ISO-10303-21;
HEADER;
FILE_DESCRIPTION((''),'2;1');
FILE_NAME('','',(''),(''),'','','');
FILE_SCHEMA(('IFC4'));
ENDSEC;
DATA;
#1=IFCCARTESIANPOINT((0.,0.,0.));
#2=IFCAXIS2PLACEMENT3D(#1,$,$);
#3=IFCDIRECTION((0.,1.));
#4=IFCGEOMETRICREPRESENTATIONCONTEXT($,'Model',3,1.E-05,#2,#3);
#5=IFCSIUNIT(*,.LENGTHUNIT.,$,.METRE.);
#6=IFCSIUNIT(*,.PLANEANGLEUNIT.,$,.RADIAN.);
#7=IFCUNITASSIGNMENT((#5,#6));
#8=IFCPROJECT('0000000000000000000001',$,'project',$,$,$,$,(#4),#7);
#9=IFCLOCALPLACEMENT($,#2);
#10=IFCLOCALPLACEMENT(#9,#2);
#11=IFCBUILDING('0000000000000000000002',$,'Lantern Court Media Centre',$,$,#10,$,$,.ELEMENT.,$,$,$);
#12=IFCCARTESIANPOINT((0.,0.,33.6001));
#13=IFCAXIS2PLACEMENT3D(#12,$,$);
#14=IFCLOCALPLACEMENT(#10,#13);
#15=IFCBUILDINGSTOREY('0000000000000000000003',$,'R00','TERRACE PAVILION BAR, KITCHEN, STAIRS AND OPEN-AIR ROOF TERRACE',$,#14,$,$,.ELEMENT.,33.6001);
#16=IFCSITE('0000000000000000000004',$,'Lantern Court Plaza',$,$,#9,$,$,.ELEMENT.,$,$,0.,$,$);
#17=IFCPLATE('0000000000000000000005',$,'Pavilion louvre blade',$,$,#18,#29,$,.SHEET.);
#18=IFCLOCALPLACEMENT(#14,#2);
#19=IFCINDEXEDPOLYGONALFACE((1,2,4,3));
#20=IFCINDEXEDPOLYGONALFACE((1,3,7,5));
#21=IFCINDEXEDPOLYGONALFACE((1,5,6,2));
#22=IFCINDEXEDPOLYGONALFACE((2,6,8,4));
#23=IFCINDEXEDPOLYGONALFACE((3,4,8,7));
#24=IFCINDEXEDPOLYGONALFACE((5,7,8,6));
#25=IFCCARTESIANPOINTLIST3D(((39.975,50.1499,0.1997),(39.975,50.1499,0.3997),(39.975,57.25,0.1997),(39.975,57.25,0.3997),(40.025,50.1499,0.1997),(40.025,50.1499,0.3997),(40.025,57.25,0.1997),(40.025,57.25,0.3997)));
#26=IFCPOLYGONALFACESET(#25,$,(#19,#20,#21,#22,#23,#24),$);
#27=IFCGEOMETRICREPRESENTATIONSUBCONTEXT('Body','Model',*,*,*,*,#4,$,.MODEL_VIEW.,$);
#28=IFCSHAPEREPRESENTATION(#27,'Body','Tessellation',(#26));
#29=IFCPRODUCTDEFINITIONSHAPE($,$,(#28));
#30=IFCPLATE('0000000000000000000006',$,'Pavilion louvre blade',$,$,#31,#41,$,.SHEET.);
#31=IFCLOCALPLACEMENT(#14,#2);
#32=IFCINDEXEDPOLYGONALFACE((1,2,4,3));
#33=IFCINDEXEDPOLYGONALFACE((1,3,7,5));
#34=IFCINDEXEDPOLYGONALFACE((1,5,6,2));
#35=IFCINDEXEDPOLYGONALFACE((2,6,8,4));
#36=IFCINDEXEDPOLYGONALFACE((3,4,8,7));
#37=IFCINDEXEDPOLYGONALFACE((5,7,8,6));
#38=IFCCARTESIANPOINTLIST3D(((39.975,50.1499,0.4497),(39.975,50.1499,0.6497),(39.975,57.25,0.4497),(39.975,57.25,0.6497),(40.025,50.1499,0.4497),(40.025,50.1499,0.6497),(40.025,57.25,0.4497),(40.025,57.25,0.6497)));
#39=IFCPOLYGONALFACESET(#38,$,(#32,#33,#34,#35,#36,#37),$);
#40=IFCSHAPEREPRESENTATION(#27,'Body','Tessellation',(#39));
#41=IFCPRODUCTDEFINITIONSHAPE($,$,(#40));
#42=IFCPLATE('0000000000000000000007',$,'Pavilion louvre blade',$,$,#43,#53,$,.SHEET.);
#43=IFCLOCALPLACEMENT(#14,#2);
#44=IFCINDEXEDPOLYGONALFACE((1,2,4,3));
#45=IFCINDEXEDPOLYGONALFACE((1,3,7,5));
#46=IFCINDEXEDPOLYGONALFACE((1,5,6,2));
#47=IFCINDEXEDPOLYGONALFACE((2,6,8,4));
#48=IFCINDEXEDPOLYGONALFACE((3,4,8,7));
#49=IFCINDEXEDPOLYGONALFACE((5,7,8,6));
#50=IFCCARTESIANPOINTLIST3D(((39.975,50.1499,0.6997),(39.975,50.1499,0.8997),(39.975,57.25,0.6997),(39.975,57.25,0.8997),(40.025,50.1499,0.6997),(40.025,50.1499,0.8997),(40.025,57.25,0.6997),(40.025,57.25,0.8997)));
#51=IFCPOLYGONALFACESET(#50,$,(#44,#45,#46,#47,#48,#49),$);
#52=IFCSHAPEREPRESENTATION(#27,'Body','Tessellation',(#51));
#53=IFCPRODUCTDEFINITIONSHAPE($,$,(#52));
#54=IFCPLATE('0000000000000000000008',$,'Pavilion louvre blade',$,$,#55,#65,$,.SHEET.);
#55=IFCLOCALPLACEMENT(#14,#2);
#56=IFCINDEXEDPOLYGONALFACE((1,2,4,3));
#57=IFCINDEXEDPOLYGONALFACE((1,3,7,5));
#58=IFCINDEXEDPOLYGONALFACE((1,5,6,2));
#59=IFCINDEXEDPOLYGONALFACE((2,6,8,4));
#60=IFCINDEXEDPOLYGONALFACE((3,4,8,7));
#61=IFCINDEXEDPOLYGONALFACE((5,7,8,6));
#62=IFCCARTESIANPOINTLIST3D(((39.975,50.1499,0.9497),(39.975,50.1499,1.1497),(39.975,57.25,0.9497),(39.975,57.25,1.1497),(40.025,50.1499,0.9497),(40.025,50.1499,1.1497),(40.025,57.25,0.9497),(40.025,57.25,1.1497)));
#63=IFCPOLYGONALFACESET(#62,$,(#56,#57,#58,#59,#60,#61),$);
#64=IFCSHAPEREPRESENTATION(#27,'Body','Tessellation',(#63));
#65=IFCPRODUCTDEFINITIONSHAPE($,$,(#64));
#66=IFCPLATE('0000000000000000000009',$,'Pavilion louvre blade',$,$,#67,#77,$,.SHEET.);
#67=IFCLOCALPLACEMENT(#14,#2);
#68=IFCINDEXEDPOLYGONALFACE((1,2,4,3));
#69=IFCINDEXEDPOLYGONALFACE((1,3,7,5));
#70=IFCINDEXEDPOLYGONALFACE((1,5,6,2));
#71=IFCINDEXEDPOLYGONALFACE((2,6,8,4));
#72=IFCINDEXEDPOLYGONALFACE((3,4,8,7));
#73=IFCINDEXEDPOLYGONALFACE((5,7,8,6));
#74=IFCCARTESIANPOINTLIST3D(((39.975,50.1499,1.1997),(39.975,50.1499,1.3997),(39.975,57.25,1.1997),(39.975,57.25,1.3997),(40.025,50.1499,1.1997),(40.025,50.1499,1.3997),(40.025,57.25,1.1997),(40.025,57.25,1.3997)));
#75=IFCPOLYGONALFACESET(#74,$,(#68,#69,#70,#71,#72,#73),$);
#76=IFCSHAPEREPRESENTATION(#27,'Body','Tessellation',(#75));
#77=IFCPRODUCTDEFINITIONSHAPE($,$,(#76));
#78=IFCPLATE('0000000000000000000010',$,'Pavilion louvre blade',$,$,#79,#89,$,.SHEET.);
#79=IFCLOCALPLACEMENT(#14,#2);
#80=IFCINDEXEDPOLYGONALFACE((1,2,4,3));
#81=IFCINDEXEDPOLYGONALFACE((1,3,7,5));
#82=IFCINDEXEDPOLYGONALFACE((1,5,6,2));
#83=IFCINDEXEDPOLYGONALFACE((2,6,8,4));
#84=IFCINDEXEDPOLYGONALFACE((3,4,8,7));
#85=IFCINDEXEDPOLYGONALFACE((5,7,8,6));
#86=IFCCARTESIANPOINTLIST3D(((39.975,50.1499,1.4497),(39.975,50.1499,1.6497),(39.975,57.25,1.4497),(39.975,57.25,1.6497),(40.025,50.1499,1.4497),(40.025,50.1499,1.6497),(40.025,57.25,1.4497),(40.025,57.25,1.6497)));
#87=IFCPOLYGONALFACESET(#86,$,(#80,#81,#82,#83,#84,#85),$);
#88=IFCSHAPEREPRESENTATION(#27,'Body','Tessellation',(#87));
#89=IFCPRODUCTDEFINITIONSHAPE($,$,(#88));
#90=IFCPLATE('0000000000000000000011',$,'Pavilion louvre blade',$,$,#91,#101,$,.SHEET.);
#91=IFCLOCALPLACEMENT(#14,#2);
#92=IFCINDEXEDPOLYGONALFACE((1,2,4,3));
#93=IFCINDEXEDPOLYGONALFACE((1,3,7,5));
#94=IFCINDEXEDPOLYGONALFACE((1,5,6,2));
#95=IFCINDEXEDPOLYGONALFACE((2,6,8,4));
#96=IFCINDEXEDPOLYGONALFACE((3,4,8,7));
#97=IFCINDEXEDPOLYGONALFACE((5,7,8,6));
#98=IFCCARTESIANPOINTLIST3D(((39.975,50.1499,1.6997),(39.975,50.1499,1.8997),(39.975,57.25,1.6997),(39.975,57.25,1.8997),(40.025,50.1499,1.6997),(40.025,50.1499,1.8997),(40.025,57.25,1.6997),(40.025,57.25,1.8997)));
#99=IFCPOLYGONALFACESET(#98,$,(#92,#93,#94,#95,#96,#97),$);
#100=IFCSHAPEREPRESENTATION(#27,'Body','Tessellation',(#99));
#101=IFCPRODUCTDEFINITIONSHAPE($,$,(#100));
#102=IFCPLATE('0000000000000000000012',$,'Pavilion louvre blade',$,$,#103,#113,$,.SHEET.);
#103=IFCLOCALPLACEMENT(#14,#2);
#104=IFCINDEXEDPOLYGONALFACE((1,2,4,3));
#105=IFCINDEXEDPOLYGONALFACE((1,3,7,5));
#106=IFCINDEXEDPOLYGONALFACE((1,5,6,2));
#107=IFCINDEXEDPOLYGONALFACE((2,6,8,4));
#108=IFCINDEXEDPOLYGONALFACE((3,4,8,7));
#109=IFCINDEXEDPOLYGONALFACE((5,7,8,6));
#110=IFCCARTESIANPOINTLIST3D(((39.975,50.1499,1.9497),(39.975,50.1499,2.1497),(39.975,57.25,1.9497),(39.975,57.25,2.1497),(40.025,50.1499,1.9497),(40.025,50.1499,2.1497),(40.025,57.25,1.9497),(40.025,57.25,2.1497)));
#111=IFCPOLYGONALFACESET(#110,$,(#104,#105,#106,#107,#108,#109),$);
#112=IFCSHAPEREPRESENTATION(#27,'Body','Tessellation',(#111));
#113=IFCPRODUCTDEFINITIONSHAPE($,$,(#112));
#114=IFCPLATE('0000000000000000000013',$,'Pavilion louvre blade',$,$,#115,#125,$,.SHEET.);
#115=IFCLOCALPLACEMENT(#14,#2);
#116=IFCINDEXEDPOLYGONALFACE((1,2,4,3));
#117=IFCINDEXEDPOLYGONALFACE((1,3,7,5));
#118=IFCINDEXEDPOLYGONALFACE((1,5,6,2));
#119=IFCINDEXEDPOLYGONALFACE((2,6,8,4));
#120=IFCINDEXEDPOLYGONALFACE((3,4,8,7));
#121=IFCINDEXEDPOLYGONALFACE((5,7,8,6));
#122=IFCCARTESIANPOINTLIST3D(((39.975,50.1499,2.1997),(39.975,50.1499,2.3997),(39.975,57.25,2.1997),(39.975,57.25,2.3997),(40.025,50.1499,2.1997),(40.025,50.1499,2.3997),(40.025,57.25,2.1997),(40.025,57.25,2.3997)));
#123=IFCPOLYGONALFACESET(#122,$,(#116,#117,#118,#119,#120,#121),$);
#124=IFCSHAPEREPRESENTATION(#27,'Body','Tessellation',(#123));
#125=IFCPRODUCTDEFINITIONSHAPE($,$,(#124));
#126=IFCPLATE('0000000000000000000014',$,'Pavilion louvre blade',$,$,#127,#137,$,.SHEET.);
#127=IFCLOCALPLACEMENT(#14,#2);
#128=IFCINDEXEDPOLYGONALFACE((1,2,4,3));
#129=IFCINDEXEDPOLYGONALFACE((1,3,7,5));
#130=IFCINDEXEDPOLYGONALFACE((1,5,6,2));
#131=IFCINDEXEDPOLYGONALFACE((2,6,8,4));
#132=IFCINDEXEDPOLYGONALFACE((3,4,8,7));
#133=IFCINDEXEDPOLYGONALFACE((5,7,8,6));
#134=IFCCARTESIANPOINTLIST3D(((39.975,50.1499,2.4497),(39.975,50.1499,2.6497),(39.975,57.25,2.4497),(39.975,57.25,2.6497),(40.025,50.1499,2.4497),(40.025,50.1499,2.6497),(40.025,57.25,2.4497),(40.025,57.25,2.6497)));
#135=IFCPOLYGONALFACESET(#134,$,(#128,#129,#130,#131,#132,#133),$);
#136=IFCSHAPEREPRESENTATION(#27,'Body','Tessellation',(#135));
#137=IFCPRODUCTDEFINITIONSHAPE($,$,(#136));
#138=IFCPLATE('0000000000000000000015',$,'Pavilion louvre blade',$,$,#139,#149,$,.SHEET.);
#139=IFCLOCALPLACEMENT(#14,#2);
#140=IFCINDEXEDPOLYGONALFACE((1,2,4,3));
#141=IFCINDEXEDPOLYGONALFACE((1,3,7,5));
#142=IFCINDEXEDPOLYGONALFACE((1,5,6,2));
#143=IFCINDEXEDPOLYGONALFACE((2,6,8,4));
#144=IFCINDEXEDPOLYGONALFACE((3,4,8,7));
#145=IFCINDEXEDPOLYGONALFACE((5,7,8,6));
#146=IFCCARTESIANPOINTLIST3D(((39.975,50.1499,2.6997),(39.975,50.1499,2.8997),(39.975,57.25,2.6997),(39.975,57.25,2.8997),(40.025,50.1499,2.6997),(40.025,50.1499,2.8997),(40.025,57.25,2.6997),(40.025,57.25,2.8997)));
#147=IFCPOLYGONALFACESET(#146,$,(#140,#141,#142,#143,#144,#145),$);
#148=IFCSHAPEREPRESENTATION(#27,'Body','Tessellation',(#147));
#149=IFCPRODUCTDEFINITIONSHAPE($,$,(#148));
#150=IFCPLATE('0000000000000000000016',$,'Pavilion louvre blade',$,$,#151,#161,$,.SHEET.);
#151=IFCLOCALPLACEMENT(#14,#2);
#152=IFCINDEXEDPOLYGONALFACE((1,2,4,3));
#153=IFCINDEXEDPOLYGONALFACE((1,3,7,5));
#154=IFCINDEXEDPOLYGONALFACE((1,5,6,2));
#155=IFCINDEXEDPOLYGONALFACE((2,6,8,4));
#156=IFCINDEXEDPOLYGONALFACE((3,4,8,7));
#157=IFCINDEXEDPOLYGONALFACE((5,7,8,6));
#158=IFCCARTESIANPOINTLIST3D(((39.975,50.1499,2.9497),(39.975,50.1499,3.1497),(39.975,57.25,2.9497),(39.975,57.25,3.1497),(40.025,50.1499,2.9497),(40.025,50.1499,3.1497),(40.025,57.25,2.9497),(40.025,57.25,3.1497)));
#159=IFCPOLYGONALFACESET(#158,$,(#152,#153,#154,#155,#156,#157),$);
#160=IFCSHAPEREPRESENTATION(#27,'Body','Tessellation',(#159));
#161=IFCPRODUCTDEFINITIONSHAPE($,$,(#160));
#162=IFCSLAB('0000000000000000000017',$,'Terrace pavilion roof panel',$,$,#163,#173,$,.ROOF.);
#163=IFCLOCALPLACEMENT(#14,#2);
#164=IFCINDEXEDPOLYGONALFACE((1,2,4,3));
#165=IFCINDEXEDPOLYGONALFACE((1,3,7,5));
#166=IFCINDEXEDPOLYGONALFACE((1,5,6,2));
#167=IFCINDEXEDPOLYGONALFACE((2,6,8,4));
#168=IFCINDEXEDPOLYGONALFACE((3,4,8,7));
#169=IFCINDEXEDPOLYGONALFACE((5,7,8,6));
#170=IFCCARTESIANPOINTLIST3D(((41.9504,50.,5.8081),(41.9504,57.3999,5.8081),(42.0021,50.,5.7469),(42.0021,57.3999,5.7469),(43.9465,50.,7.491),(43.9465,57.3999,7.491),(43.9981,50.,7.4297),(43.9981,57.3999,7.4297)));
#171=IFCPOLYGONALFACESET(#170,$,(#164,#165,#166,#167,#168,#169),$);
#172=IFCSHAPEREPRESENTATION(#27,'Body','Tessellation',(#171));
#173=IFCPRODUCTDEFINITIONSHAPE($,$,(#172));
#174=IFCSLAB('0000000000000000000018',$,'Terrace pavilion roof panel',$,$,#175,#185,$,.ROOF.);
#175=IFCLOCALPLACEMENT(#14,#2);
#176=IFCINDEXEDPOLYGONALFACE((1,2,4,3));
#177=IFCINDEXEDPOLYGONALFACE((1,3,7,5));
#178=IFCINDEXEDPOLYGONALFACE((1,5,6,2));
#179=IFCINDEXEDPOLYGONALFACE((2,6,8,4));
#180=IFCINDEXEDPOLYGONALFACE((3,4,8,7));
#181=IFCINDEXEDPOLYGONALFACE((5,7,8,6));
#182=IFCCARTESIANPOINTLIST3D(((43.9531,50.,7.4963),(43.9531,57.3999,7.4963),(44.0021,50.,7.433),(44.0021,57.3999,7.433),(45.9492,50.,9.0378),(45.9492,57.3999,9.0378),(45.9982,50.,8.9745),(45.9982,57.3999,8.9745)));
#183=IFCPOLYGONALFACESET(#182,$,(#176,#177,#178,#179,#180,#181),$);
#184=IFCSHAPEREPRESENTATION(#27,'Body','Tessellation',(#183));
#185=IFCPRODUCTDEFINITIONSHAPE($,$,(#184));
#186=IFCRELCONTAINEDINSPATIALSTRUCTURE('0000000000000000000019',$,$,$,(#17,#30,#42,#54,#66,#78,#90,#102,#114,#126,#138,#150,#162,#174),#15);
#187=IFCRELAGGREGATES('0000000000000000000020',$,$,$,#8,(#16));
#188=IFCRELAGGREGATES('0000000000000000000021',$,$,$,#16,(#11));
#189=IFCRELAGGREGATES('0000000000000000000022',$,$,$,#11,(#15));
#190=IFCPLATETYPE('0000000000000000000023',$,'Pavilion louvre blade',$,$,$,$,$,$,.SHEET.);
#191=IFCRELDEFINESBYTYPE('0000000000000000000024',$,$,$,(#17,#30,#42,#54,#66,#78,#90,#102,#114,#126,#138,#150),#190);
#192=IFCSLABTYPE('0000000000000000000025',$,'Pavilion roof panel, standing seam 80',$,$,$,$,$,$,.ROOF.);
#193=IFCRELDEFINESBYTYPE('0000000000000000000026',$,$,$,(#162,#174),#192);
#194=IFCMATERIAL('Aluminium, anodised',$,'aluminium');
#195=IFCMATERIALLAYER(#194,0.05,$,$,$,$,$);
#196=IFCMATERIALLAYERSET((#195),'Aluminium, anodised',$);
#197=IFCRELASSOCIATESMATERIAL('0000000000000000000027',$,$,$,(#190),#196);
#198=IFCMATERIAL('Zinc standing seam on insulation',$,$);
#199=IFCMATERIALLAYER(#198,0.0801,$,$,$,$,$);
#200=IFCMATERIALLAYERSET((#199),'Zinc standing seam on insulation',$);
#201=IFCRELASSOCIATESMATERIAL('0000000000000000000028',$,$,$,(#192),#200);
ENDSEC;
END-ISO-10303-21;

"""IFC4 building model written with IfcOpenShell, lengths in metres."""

from ifc_helpers import new_model, si_unit, direction, frame, origin, origin_2d, place, context, subcontext, project, spatial, polyline, rectangle, outline, extrude, material, layer, layer_set, type_object, element, save


model = new_model("IFC4")

# Units and contexts
model_context = context("Model", 3, precision=1e-05, world=origin(), true_north=direction((0.0, 1.0)))
body_context = subcontext(model_context, "Body", "Model", "MODEL_VIEW")
ifc_project = project(units=[si_unit("LENGTHUNIT", "METRE"), si_unit("PLANEANGLEUNIT", "RADIAN")], contexts=[model_context])

# Site, building, storey
site_placement = place(None, origin())
site = spatial("IfcSite", under=ifc_project, at=site_placement, Name="Lantern Court Plaza", CompositionType="ELEMENT", RefElevation=0.0)
building_placement = place(site_placement, origin())
building = spatial("IfcBuilding", under=site, at=building_placement, Name="Lantern Court Media Centre", CompositionType="ELEMENT")
storey_placement = place(building_placement, frame((0.0, 0.0, 33.6001)))
storey = spatial("IfcBuildingStorey", under=building, at=storey_placement, Name="R00", Description="TERRACE PAVILION BAR, KITCHEN, STAIRS AND OPEN-AIR ROOF TERRACE", CompositionType="ELEMENT", Elevation=33.6001)

# Plates
ifc_material_1 = material(Name="Aluminium, anodised", Category="aluminium")
ifc_layer_1 = layer(ifc_material_1, 0.05)
ifc_layer_set_1 = layer_set([ifc_layer_1], Name="Aluminium, anodised")
plate_type = type_object("IfcPlateType", Name="Pavilion louvre blade", PredefinedType="SHEET", material=ifc_layer_set_1)
for number, where, z_axis, x_axis, name in (
    (1, (40.0, 53.7, 0.1997), (0.0, 0.0, 1.0), (1.0, 0.0, 0.0), "Pavilion louvre blade"),
    (2, (40.0, 53.7, 0.4497), (0.0, 0.0, 1.0), (1.0, 0.0, 0.0), "Pavilion louvre blade"),
    (3, (40.0, 53.7, 0.6997), (0.0, 0.0, 1.0), (1.0, 0.0, 0.0), "Pavilion louvre blade"),
    (4, (40.0, 53.7, 0.9497), (0.0, 0.0, 1.0), (1.0, 0.0, 0.0), "Pavilion louvre blade"),
    (5, (40.0, 53.7, 1.1997), (0.0, 0.0, 1.0), (1.0, 0.0, 0.0), "Pavilion louvre blade"),
    (6, (40.0, 53.7, 1.4497), (0.0, 0.0, 1.0), (1.0, 0.0, 0.0), "Pavilion louvre blade"),
    (7, (40.0, 53.7, 1.6997), (0.0, 0.0, 1.0), (1.0, 0.0, 0.0), "Pavilion louvre blade"),
    (8, (40.0, 53.7, 1.9497), (0.0, 0.0, 1.0), (1.0, 0.0, 0.0), "Pavilion louvre blade"),
    (9, (40.0, 53.7, 2.1997), (0.0, 0.0, 1.0), (1.0, 0.0, 0.0), "Pavilion louvre blade"),
    (10, (40.0, 53.7, 2.4497), (0.0, 0.0, 1.0), (1.0, 0.0, 0.0), "Pavilion louvre blade"),
    (11, (40.0, 53.7, 2.6997), (0.0, 0.0, 1.0), (1.0, 0.0, 0.0), "Pavilion louvre blade"),
    (12, (40.0, 53.7, 2.9497), (0.0, 0.0, 1.0), (1.0, 0.0, 0.0), "Pavilion louvre blade"),
):
    element("IfcPlate", number, at=place(storey_placement, frame(where, z_axis=z_axis, x_axis=x_axis)), inside=storey, type_object=plate_type, Name=name, PredefinedType="SHEET", context=body_context, shape_type="SweptSolid", body=[
        extrude(rectangle(XDim=0.05, YDim=7.1001, at=origin_2d()), origin(), (0.0, 0.0, 1.0), 0.2),
    ])

# Slabs
ifc_material_2 = material(Name="Zinc standing seam on insulation")
ifc_layer_2 = layer(ifc_material_2, 0.0801)
ifc_layer_set_2 = layer_set([ifc_layer_2], Name="Zinc standing seam on insulation")
slab_type = type_object("IfcSlabType", Name="Pavilion roof panel, standing seam 80", PredefinedType="ROOF", material=ifc_layer_set_2)
slab_1_placement = place(storey_placement, frame((41.9504, 50.0, 5.8081), z_axis=(-0.64457, 0.0, 0.764545), x_axis=(0.764545, 0.0, 0.64457)))
element("IfcSlab", 13, at=slab_1_placement, inside=storey, type_object=slab_type, Name="Terrace pavilion roof panel", PredefinedType="ROOF", context=body_context, shape_type="SweptSolid", body=[
    extrude(outline(polyline([(0.0, 0.0), (2.6108, 0.0), (2.6108, 7.3999), (0.0, 7.3999), (0.0, 0.0)])), origin(), (0.0, 0.0, -1.0), 0.0801),
])
slab_2_placement = place(storey_placement, frame((43.9531, 50.0, 7.4963), z_axis=(-0.611216, 0.0, 0.791464), x_axis=(0.791464, 0.0, 0.611216)))
element("IfcSlab", 14, at=slab_2_placement, inside=storey, type_object=slab_type, Name="Terrace pavilion roof panel", PredefinedType="ROOF", context=body_context, shape_type="SweptSolid", body=[
    extrude(outline(polyline([(0.0, 0.0), (2.522, 0.0), (2.522, 7.3999), (0.0, 7.3999), (0.0, 0.0)])), origin(), (0.0, 0.0, -1.0), 0.0801),
])

save(model, "model.ifc")
